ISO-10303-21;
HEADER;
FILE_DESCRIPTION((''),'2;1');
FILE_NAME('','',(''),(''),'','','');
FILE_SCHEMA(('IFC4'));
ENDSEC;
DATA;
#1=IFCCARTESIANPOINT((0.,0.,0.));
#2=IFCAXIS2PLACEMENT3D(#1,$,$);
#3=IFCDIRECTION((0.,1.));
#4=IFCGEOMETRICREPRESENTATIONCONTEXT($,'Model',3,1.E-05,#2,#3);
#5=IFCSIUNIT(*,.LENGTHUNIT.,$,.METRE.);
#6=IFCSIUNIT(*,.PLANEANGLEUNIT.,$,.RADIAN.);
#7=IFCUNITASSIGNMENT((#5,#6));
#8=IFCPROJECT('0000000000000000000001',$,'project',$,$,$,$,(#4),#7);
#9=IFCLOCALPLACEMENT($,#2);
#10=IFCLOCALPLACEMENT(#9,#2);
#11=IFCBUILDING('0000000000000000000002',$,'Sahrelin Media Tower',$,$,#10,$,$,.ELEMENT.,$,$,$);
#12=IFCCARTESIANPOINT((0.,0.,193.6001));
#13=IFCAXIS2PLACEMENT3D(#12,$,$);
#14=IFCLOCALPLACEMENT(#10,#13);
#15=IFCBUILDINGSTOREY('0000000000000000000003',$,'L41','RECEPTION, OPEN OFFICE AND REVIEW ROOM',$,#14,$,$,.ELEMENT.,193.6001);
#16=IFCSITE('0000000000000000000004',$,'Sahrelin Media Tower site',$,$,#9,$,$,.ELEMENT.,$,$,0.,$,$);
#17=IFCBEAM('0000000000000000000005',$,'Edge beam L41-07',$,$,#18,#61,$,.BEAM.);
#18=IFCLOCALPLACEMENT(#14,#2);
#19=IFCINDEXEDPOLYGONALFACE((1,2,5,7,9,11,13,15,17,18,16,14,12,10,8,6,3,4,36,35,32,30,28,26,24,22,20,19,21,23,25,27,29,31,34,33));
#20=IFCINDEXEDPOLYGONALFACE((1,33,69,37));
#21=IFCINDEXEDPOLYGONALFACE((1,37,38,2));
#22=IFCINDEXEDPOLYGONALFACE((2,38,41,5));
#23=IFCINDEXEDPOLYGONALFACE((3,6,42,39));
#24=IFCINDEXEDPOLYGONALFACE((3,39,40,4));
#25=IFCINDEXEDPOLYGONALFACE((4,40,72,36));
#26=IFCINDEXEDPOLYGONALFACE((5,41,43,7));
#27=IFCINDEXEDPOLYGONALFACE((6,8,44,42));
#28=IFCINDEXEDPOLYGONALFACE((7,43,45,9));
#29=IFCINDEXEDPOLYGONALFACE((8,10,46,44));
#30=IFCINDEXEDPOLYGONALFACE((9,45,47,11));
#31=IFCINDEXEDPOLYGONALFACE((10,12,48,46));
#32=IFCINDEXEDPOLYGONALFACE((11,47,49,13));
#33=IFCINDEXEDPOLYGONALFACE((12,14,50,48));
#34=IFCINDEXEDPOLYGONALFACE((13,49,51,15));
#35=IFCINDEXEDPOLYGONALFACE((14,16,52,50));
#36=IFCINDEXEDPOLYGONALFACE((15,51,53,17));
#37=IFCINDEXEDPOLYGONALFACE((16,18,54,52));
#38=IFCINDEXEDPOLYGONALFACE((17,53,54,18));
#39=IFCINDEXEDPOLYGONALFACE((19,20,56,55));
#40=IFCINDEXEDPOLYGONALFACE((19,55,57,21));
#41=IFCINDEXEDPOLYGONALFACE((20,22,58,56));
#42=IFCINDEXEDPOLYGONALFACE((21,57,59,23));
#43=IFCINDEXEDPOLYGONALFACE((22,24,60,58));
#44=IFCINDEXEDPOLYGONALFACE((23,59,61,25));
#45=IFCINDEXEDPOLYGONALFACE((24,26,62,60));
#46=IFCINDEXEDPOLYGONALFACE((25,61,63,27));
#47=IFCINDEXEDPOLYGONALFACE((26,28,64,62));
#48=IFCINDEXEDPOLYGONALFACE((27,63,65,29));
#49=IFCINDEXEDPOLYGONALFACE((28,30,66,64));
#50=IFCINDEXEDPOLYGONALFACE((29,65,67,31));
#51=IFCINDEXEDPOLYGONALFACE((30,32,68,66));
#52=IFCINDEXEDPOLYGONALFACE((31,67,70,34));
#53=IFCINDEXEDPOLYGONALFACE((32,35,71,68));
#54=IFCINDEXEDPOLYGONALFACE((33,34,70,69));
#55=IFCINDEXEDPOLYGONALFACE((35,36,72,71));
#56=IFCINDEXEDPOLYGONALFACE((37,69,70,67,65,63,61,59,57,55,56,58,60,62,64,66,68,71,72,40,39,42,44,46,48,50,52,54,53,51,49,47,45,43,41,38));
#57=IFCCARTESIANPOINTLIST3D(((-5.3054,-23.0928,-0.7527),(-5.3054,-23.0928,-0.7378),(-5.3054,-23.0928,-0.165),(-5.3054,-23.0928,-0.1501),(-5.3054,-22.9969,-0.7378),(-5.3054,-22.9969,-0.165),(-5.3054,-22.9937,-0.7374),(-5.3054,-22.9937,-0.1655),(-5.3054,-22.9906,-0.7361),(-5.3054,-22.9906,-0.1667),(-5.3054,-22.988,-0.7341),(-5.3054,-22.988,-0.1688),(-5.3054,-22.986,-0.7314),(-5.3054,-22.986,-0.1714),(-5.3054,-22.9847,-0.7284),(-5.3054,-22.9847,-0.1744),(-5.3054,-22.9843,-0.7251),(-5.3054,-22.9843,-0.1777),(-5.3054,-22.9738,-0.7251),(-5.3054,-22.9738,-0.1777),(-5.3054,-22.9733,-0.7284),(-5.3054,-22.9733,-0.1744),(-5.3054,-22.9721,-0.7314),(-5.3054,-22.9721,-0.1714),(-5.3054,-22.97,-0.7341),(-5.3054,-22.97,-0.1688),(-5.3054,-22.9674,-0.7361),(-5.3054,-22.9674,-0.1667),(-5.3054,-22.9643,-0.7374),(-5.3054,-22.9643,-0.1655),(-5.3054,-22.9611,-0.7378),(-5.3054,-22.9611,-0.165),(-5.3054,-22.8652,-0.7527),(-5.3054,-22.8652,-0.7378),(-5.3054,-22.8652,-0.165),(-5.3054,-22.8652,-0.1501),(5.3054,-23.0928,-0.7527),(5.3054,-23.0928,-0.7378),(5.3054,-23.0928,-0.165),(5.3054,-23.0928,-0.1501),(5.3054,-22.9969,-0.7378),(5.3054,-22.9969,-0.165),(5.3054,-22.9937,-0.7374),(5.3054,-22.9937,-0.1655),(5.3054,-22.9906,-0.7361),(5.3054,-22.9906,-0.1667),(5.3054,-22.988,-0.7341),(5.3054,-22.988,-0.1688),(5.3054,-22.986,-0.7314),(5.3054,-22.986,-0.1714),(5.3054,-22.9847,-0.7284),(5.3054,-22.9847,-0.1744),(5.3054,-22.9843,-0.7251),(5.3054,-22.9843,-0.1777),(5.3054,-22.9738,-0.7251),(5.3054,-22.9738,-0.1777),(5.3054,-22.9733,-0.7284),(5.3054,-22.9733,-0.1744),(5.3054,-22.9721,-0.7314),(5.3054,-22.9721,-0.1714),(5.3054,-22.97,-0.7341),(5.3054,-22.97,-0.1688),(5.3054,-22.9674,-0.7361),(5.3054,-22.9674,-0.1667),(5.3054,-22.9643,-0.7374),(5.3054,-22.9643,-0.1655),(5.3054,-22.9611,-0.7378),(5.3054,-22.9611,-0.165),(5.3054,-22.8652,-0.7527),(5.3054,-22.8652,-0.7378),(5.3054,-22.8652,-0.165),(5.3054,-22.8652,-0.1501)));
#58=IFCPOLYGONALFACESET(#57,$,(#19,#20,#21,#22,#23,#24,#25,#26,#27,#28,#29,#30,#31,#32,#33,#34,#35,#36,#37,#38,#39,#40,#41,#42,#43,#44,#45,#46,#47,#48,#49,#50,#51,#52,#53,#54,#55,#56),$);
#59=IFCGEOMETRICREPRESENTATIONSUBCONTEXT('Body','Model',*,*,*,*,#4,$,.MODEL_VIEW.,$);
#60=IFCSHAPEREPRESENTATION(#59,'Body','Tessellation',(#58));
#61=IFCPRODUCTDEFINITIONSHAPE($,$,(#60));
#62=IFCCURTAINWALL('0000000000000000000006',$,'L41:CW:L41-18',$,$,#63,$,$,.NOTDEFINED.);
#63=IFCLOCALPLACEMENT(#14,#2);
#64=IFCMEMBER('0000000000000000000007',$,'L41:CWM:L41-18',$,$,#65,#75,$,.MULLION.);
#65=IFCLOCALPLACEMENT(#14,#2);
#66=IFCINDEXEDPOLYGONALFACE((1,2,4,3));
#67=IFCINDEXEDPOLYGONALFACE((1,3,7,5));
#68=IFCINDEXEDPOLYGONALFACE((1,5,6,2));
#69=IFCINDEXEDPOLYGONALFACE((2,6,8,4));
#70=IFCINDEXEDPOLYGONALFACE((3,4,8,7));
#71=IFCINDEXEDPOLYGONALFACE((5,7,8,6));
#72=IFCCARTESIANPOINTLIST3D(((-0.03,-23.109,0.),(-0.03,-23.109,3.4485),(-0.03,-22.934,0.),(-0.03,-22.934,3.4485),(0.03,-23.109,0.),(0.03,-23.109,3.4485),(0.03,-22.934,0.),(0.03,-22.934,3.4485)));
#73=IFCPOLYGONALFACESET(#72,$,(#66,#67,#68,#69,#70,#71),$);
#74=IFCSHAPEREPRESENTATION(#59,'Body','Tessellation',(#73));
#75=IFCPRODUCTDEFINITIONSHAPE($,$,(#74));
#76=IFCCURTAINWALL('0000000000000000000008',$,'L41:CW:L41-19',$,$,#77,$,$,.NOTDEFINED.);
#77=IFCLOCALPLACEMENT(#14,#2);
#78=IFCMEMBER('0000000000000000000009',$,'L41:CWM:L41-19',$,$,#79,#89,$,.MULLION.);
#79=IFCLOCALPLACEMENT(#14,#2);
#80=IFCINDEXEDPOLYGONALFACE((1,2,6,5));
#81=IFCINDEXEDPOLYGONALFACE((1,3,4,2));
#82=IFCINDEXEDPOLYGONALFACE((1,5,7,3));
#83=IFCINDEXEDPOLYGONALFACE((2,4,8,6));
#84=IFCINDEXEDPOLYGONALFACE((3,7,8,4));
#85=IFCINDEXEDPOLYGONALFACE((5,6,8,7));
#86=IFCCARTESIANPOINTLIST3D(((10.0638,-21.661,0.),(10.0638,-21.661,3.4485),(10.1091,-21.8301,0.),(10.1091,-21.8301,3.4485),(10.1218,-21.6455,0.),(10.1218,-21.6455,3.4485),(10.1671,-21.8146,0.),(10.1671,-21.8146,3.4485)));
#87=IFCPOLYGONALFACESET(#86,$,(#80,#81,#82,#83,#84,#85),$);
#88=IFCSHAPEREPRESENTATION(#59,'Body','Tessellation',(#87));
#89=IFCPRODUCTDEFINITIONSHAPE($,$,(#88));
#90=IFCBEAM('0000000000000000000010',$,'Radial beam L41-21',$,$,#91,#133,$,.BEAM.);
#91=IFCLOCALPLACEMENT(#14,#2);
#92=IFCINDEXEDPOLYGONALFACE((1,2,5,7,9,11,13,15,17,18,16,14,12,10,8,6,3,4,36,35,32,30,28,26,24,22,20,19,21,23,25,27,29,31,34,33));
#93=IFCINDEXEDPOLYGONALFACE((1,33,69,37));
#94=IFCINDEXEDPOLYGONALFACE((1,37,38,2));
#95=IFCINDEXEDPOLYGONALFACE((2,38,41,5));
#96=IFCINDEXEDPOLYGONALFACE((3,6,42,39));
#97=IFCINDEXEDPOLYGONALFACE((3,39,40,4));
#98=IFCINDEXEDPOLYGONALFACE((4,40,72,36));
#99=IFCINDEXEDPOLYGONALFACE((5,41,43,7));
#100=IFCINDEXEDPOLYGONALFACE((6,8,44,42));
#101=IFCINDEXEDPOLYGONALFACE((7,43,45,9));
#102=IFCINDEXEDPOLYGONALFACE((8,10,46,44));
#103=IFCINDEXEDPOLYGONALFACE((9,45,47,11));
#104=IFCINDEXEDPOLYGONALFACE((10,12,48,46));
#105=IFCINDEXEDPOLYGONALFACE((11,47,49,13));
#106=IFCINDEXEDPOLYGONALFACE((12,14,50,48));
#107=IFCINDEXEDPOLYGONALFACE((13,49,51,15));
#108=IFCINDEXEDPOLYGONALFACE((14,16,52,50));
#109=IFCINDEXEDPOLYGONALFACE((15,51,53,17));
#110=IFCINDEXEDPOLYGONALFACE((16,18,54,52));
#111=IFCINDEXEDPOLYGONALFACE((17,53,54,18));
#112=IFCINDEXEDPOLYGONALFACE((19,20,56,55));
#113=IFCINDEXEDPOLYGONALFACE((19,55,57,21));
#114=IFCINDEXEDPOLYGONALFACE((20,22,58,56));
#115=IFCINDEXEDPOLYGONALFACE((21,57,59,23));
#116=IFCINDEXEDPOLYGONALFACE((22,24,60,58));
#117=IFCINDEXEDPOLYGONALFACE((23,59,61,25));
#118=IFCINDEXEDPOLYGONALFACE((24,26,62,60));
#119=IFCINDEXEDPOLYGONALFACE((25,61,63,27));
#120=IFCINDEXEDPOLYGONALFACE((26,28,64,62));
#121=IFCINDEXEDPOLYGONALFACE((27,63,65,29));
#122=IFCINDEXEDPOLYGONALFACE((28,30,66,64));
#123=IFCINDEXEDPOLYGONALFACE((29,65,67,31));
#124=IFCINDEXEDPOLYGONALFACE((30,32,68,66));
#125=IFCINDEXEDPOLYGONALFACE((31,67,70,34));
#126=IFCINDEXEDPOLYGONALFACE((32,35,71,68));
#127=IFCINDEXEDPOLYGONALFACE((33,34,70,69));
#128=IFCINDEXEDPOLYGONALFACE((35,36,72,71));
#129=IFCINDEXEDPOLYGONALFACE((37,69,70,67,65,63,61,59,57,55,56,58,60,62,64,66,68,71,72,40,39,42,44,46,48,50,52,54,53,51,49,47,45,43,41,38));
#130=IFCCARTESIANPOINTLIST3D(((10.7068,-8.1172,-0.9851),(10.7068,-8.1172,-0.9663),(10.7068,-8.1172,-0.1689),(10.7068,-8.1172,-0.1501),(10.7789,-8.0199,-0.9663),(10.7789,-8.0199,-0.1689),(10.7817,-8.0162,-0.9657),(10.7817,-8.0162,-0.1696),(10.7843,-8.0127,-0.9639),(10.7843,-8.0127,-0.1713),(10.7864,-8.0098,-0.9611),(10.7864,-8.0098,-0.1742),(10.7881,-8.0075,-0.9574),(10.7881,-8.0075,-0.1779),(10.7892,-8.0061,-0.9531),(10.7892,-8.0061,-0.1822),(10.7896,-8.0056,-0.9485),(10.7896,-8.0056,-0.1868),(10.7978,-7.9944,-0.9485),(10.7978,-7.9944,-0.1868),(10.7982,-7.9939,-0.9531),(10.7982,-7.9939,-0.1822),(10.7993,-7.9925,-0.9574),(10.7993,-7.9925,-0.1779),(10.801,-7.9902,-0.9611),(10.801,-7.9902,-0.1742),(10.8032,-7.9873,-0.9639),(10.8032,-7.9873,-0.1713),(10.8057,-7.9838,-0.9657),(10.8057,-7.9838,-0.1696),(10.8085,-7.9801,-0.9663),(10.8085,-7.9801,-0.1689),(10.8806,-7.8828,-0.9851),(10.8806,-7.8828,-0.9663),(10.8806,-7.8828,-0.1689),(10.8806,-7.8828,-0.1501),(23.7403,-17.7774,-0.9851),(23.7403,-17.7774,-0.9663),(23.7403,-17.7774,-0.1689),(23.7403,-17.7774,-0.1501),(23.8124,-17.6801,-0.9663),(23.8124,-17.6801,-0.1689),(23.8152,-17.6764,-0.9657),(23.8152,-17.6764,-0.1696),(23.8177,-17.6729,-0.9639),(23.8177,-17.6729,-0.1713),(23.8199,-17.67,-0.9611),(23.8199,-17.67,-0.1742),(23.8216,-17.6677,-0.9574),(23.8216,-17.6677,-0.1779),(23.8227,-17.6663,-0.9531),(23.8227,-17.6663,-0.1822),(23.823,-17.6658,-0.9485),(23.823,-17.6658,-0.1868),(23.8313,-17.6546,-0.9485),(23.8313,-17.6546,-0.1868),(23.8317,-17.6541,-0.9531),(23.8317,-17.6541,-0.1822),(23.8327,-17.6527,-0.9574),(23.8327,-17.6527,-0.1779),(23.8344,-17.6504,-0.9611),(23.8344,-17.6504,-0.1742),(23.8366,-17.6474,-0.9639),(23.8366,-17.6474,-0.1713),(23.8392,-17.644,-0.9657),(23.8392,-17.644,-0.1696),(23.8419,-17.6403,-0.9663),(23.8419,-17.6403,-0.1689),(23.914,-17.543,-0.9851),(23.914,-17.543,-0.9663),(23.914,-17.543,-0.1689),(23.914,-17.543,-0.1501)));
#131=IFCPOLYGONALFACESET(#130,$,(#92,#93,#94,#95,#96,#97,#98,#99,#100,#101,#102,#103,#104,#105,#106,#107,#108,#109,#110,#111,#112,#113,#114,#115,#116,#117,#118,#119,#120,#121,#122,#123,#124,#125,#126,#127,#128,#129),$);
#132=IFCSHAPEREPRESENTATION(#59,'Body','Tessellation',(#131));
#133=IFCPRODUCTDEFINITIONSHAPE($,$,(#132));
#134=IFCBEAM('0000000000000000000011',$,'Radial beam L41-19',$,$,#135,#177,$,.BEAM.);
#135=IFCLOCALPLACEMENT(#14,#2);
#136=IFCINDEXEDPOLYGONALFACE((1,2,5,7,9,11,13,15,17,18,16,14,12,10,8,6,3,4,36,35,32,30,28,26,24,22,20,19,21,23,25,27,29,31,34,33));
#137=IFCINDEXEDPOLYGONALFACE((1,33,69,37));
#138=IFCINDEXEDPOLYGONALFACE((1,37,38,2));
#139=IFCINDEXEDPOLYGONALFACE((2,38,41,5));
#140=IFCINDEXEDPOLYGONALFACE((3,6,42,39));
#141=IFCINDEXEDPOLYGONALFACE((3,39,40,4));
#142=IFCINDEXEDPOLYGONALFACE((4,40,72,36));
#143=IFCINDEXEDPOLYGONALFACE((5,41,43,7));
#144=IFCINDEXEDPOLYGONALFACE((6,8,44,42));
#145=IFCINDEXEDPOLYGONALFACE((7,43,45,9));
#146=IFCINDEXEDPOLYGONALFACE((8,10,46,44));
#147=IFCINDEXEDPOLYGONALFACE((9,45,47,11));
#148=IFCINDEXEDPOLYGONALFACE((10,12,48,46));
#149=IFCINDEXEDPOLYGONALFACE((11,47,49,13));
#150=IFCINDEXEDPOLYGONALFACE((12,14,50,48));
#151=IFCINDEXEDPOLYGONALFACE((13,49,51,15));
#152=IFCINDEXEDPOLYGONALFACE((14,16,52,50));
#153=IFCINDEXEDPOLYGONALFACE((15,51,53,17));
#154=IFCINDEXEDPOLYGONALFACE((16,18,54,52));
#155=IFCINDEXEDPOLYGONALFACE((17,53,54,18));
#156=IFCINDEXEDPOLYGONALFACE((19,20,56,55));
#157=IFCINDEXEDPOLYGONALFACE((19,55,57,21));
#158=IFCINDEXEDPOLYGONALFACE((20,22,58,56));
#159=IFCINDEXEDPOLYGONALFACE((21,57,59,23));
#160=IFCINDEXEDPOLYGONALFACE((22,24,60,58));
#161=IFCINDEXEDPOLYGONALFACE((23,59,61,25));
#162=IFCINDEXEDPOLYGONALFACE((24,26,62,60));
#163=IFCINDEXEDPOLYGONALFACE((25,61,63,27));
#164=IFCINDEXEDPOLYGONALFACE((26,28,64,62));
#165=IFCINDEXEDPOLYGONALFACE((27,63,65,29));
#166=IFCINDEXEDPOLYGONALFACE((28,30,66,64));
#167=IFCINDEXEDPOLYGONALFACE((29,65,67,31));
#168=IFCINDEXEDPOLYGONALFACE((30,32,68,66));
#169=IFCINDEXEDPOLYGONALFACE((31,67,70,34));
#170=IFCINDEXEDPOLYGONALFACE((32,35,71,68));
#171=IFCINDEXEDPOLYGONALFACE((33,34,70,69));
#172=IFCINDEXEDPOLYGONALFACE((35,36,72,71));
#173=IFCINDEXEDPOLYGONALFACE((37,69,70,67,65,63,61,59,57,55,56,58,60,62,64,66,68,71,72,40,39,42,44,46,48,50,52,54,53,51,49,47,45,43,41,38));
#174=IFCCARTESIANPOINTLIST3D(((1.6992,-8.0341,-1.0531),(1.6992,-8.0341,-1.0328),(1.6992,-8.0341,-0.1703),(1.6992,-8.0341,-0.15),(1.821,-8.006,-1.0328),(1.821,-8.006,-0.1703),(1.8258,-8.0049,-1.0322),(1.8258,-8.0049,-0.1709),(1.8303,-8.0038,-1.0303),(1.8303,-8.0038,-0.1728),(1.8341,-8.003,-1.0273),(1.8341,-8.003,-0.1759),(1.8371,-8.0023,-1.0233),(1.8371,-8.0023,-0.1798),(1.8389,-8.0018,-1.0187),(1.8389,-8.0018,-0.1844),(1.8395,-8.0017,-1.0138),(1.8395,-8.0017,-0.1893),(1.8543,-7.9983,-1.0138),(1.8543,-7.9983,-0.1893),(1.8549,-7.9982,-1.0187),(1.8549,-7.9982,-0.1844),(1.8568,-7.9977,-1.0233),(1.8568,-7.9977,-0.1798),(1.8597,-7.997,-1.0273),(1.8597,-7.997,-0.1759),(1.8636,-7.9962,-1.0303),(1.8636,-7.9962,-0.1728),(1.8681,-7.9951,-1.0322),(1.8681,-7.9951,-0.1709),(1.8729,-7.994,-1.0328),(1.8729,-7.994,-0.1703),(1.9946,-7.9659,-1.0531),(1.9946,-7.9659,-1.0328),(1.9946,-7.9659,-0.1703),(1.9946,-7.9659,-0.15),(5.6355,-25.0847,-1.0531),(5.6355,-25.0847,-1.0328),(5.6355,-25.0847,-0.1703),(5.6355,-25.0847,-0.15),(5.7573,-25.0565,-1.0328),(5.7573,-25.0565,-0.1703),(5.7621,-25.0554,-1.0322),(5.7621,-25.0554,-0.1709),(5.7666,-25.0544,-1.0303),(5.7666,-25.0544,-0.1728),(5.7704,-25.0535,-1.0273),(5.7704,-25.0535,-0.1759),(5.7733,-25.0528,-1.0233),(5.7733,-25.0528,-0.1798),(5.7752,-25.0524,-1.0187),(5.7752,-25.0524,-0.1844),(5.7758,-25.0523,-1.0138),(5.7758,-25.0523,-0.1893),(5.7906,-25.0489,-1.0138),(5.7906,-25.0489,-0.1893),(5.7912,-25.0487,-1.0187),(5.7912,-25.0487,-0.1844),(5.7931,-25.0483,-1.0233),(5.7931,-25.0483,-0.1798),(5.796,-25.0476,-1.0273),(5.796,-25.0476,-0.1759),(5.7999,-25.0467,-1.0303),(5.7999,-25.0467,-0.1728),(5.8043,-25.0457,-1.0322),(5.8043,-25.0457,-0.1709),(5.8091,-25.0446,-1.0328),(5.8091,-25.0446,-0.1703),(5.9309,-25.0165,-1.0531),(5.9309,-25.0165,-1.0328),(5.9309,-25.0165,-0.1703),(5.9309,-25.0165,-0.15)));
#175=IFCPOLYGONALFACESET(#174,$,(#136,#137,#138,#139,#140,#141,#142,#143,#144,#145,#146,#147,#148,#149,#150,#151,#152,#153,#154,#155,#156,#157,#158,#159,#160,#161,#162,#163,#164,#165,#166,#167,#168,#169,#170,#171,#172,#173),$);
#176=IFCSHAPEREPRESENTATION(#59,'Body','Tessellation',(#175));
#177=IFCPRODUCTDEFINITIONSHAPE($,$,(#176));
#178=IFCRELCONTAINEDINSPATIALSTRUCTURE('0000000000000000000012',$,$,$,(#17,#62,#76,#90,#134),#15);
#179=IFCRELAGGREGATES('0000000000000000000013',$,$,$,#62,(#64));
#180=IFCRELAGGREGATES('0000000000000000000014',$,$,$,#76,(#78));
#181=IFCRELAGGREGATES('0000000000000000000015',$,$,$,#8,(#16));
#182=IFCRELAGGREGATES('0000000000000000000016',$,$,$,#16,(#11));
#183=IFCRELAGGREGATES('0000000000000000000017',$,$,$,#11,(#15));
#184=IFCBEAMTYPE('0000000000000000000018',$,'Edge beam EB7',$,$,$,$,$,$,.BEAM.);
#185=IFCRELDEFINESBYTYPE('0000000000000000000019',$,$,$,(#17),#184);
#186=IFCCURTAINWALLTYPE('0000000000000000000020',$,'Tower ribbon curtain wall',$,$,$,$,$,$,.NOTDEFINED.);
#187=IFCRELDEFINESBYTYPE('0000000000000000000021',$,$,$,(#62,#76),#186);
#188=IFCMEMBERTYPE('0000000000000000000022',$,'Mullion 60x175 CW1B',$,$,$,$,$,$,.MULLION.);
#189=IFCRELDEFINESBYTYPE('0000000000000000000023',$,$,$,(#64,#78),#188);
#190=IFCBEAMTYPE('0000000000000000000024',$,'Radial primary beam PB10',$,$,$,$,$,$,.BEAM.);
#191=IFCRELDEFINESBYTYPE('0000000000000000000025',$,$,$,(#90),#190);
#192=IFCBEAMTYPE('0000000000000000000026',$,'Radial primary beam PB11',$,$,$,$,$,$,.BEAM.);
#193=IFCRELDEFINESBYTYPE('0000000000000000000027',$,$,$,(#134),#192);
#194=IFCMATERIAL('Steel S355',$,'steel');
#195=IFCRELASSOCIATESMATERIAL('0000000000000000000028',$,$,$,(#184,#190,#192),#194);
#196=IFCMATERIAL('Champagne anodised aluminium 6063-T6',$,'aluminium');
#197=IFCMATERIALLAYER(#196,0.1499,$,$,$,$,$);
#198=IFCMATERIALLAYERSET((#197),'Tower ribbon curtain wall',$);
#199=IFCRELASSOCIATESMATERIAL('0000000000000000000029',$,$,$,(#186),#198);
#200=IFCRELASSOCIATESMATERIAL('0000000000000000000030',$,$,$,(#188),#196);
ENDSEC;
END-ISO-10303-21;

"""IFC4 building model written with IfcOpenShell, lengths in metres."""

from ifc_helpers import new_model, si_unit, direction, frame, origin, origin_2d, place, context, subcontext, project, spatial, rectangle, i_section, extrude, material, layer, layer_set, material_profile, profile_set, type_object, element, aggregate, save


model = new_model("IFC4")

# Units and contexts
model_context = context("Model", 3, precision=1e-05, world=origin(), true_north=direction((0.0, 1.0)))
body_context = subcontext(model_context, "Body", "Model", "MODEL_VIEW")
ifc_project = project(units=[si_unit("LENGTHUNIT", "METRE"), si_unit("PLANEANGLEUNIT", "RADIAN")], contexts=[model_context])

# Site, building, storey
site_placement = place(None, origin())
site = spatial("IfcSite", under=ifc_project, at=site_placement, Name="Sahrelin Media Tower site", CompositionType="ELEMENT", RefElevation=0.0)
building_placement = place(site_placement, origin())
building = spatial("IfcBuilding", under=site, at=building_placement, Name="Sahrelin Media Tower", CompositionType="ELEMENT")
storey_placement = place(building_placement, frame((0.0, 0.0, 193.6001)))
storey = spatial("IfcBuildingStorey", under=building, at=storey_placement, Name="L41", Description="RECEPTION, OPEN OFFICE AND REVIEW ROOM", CompositionType="ELEMENT", Elevation=193.6001)

# Beam
ifc_material_1 = material(Name="Steel S355", Category="steel")
ifc_material_profile_1 = material_profile(ifc_material_1, i_section(OverallWidth=0.2275, OverallDepth=0.6025, WebThickness=0.0105, FlangeThickness=0.0149, FilletRadius=0.0127, at=origin_2d()), Name="UB 610x229x101")
ifc_profile_set_1 = profile_set([ifc_material_profile_1], Name="Steel S355")
beam_type_1 = type_object("IfcBeamType", Name="Edge beam EB7", PredefinedType="BEAM", material=ifc_profile_set_1)
beam_1_placement = place(storey_placement, frame((5.3054, -22.979, -0.4514), z_axis=(-1.0, 0.0, 0.0), x_axis=(0.0, -1.0, 0.0)))
element("IfcBeam", 1, at=beam_1_placement, inside=storey, type_object=beam_type_1, Name="Edge beam L41-07", PredefinedType="BEAM", context=body_context, shape_type="SweptSolid", body=[
    extrude(i_section(OverallWidth=0.2275, OverallDepth=0.6025, WebThickness=0.0105, FlangeThickness=0.0149, FilletRadius=0.0127, at=origin_2d()), origin(), (0.0, 0.0, 1.0), 10.6108),
])

# Curtain walls, members
ifc_material_2 = material(Name="Champagne anodised aluminium 6063-T6", Category="aluminium")
ifc_layer_1 = layer(ifc_material_2, 0.1499)
ifc_layer_set_1 = layer_set([ifc_layer_1], Name="Tower ribbon curtain wall")
curtain_wall_type = type_object("IfcCurtainWallType", Name="Tower ribbon curtain wall", PredefinedType="NOTDEFINED", material=ifc_layer_set_1)
curtain_wall_1_placement = place(storey_placement, frame((0.0, -23.1289, 0.0), z_axis=(0.0, 0.0, 1.0), x_axis=(1.0, 0.0, 0.0)))
curtain_wall_1 = element("IfcCurtainWall", 2, at=curtain_wall_1_placement, inside=storey, type_object=curtain_wall_type, Name="L41:CW:L41-18", PredefinedType="NOTDEFINED")
ifc_material_profile_2 = material_profile(ifc_material_2, rectangle(XDim=0.0601, YDim=0.175, at=origin_2d()), Name="Mullion 60x175")
ifc_profile_set_2 = profile_set([ifc_material_profile_2], Name="Champagne anodised aluminium 6063-T6")
member_type_1 = type_object("IfcMemberType", Name="Mullion 60x175 CW1B", PredefinedType="MULLION", material=ifc_profile_set_2)
member_1_placement = place(storey_placement, frame((0.0, -23.0215, 0.0), z_axis=(0.0, 0.0, 1.0), x_axis=(1.0, 0.0, 0.0)))
member_1 = element("IfcMember", 3, at=member_1_placement, type_object=member_type_1, Name="L41:CWM:L41-18", PredefinedType="MULLION", context=body_context, shape_type="SweptSolid", body=[
    extrude(rectangle(XDim=0.0601, YDim=0.175, at=origin_2d()), origin(), (0.0, 0.0, 1.0), 3.4485),
])
aggregate(curtain_wall_1, [member_1])
curtain_wall_2_placement = place(storey_placement, frame((10.1433, -21.8418, 0.0), z_axis=(0.0, 0.0, 1.0), x_axis=(1.0, 0.0, 0.0)))
curtain_wall_2 = element("IfcCurtainWall", 4, at=curtain_wall_2_placement, inside=storey, type_object=curtain_wall_type, Name="L41:CW:L41-19", PredefinedType="NOTDEFINED")
member_2_placement = place(storey_placement, frame((10.1155, -21.7378, 0.0), z_axis=(0.0, 0.0, 1.0), x_axis=(0.965925, 0.258822, 0.0)))
member_2 = element("IfcMember", 5, at=member_2_placement, type_object=member_type_1, Name="L41:CWM:L41-19", PredefinedType="MULLION", context=body_context, shape_type="SweptSolid", body=[
    extrude(rectangle(XDim=0.0601, YDim=0.175, at=origin_2d()), origin(), (0.0, 0.0, 1.0), 3.4485),
])

# Beams
ifc_material_profile_3 = material_profile(ifc_material_1, i_section(OverallWidth=0.2917, OverallDepth=0.835, WebThickness=0.0139, FlangeThickness=0.0188, FilletRadius=0.0178, at=origin_2d()), Name="UB 838x292x176")
ifc_profile_set_3 = profile_set([ifc_material_profile_3], Name="Steel S355")
beam_type_2 = type_object("IfcBeamType", Name="Radial primary beam PB10", PredefinedType="BEAM", material=ifc_profile_set_3)
beam_2_placement = place(storey_placement, frame((10.7937, -8.0, -0.5676), z_axis=(0.803388, -0.595456, 0.0), x_axis=(0.595456, 0.803388, 0.0)))
element("IfcBeam", 6, at=beam_2_placement, inside=storey, type_object=beam_type_2, Name="Radial beam L41-21", PredefinedType="BEAM", context=body_context, shape_type="SweptSolid", body=[
    extrude(i_section(OverallWidth=0.2917, OverallDepth=0.835, WebThickness=0.0139, FlangeThickness=0.0188, FilletRadius=0.0178, at=origin_2d()), origin(), (0.0, 0.0, 1.0), 16.2231),
])
ifc_material_profile_4 = material_profile(ifc_material_1, i_section(OverallWidth=0.3032, OverallDepth=0.9031, WebThickness=0.0151, FlangeThickness=0.0203, FilletRadius=0.019, at=origin_2d()), Name="UB 914x305x201")
ifc_profile_set_4 = profile_set([ifc_material_profile_4], Name="Steel S355")
beam_type_3 = type_object("IfcBeamType", Name="Radial primary beam PB11", PredefinedType="BEAM", material=ifc_profile_set_4)
beam_3_placement = place(storey_placement, frame((1.8469, -8.0, -0.6016), z_axis=(0.224943, -0.974372, 0.0), x_axis=(0.974372, 0.224943, 0.0)))
element("IfcBeam", 7, at=beam_3_placement, inside=storey, type_object=beam_type_3, Name="Radial beam L41-19", PredefinedType="BEAM", context=body_context, shape_type="SweptSolid", body=[
    extrude(i_section(OverallWidth=0.3032, OverallDepth=0.9031, WebThickness=0.0151, FlangeThickness=0.0203, FilletRadius=0.019, at=origin_2d()), origin(), (0.0, 0.0, 1.0), 17.499),
])

aggregate(curtain_wall_2, [member_2])

save(model, "model.ifc")
